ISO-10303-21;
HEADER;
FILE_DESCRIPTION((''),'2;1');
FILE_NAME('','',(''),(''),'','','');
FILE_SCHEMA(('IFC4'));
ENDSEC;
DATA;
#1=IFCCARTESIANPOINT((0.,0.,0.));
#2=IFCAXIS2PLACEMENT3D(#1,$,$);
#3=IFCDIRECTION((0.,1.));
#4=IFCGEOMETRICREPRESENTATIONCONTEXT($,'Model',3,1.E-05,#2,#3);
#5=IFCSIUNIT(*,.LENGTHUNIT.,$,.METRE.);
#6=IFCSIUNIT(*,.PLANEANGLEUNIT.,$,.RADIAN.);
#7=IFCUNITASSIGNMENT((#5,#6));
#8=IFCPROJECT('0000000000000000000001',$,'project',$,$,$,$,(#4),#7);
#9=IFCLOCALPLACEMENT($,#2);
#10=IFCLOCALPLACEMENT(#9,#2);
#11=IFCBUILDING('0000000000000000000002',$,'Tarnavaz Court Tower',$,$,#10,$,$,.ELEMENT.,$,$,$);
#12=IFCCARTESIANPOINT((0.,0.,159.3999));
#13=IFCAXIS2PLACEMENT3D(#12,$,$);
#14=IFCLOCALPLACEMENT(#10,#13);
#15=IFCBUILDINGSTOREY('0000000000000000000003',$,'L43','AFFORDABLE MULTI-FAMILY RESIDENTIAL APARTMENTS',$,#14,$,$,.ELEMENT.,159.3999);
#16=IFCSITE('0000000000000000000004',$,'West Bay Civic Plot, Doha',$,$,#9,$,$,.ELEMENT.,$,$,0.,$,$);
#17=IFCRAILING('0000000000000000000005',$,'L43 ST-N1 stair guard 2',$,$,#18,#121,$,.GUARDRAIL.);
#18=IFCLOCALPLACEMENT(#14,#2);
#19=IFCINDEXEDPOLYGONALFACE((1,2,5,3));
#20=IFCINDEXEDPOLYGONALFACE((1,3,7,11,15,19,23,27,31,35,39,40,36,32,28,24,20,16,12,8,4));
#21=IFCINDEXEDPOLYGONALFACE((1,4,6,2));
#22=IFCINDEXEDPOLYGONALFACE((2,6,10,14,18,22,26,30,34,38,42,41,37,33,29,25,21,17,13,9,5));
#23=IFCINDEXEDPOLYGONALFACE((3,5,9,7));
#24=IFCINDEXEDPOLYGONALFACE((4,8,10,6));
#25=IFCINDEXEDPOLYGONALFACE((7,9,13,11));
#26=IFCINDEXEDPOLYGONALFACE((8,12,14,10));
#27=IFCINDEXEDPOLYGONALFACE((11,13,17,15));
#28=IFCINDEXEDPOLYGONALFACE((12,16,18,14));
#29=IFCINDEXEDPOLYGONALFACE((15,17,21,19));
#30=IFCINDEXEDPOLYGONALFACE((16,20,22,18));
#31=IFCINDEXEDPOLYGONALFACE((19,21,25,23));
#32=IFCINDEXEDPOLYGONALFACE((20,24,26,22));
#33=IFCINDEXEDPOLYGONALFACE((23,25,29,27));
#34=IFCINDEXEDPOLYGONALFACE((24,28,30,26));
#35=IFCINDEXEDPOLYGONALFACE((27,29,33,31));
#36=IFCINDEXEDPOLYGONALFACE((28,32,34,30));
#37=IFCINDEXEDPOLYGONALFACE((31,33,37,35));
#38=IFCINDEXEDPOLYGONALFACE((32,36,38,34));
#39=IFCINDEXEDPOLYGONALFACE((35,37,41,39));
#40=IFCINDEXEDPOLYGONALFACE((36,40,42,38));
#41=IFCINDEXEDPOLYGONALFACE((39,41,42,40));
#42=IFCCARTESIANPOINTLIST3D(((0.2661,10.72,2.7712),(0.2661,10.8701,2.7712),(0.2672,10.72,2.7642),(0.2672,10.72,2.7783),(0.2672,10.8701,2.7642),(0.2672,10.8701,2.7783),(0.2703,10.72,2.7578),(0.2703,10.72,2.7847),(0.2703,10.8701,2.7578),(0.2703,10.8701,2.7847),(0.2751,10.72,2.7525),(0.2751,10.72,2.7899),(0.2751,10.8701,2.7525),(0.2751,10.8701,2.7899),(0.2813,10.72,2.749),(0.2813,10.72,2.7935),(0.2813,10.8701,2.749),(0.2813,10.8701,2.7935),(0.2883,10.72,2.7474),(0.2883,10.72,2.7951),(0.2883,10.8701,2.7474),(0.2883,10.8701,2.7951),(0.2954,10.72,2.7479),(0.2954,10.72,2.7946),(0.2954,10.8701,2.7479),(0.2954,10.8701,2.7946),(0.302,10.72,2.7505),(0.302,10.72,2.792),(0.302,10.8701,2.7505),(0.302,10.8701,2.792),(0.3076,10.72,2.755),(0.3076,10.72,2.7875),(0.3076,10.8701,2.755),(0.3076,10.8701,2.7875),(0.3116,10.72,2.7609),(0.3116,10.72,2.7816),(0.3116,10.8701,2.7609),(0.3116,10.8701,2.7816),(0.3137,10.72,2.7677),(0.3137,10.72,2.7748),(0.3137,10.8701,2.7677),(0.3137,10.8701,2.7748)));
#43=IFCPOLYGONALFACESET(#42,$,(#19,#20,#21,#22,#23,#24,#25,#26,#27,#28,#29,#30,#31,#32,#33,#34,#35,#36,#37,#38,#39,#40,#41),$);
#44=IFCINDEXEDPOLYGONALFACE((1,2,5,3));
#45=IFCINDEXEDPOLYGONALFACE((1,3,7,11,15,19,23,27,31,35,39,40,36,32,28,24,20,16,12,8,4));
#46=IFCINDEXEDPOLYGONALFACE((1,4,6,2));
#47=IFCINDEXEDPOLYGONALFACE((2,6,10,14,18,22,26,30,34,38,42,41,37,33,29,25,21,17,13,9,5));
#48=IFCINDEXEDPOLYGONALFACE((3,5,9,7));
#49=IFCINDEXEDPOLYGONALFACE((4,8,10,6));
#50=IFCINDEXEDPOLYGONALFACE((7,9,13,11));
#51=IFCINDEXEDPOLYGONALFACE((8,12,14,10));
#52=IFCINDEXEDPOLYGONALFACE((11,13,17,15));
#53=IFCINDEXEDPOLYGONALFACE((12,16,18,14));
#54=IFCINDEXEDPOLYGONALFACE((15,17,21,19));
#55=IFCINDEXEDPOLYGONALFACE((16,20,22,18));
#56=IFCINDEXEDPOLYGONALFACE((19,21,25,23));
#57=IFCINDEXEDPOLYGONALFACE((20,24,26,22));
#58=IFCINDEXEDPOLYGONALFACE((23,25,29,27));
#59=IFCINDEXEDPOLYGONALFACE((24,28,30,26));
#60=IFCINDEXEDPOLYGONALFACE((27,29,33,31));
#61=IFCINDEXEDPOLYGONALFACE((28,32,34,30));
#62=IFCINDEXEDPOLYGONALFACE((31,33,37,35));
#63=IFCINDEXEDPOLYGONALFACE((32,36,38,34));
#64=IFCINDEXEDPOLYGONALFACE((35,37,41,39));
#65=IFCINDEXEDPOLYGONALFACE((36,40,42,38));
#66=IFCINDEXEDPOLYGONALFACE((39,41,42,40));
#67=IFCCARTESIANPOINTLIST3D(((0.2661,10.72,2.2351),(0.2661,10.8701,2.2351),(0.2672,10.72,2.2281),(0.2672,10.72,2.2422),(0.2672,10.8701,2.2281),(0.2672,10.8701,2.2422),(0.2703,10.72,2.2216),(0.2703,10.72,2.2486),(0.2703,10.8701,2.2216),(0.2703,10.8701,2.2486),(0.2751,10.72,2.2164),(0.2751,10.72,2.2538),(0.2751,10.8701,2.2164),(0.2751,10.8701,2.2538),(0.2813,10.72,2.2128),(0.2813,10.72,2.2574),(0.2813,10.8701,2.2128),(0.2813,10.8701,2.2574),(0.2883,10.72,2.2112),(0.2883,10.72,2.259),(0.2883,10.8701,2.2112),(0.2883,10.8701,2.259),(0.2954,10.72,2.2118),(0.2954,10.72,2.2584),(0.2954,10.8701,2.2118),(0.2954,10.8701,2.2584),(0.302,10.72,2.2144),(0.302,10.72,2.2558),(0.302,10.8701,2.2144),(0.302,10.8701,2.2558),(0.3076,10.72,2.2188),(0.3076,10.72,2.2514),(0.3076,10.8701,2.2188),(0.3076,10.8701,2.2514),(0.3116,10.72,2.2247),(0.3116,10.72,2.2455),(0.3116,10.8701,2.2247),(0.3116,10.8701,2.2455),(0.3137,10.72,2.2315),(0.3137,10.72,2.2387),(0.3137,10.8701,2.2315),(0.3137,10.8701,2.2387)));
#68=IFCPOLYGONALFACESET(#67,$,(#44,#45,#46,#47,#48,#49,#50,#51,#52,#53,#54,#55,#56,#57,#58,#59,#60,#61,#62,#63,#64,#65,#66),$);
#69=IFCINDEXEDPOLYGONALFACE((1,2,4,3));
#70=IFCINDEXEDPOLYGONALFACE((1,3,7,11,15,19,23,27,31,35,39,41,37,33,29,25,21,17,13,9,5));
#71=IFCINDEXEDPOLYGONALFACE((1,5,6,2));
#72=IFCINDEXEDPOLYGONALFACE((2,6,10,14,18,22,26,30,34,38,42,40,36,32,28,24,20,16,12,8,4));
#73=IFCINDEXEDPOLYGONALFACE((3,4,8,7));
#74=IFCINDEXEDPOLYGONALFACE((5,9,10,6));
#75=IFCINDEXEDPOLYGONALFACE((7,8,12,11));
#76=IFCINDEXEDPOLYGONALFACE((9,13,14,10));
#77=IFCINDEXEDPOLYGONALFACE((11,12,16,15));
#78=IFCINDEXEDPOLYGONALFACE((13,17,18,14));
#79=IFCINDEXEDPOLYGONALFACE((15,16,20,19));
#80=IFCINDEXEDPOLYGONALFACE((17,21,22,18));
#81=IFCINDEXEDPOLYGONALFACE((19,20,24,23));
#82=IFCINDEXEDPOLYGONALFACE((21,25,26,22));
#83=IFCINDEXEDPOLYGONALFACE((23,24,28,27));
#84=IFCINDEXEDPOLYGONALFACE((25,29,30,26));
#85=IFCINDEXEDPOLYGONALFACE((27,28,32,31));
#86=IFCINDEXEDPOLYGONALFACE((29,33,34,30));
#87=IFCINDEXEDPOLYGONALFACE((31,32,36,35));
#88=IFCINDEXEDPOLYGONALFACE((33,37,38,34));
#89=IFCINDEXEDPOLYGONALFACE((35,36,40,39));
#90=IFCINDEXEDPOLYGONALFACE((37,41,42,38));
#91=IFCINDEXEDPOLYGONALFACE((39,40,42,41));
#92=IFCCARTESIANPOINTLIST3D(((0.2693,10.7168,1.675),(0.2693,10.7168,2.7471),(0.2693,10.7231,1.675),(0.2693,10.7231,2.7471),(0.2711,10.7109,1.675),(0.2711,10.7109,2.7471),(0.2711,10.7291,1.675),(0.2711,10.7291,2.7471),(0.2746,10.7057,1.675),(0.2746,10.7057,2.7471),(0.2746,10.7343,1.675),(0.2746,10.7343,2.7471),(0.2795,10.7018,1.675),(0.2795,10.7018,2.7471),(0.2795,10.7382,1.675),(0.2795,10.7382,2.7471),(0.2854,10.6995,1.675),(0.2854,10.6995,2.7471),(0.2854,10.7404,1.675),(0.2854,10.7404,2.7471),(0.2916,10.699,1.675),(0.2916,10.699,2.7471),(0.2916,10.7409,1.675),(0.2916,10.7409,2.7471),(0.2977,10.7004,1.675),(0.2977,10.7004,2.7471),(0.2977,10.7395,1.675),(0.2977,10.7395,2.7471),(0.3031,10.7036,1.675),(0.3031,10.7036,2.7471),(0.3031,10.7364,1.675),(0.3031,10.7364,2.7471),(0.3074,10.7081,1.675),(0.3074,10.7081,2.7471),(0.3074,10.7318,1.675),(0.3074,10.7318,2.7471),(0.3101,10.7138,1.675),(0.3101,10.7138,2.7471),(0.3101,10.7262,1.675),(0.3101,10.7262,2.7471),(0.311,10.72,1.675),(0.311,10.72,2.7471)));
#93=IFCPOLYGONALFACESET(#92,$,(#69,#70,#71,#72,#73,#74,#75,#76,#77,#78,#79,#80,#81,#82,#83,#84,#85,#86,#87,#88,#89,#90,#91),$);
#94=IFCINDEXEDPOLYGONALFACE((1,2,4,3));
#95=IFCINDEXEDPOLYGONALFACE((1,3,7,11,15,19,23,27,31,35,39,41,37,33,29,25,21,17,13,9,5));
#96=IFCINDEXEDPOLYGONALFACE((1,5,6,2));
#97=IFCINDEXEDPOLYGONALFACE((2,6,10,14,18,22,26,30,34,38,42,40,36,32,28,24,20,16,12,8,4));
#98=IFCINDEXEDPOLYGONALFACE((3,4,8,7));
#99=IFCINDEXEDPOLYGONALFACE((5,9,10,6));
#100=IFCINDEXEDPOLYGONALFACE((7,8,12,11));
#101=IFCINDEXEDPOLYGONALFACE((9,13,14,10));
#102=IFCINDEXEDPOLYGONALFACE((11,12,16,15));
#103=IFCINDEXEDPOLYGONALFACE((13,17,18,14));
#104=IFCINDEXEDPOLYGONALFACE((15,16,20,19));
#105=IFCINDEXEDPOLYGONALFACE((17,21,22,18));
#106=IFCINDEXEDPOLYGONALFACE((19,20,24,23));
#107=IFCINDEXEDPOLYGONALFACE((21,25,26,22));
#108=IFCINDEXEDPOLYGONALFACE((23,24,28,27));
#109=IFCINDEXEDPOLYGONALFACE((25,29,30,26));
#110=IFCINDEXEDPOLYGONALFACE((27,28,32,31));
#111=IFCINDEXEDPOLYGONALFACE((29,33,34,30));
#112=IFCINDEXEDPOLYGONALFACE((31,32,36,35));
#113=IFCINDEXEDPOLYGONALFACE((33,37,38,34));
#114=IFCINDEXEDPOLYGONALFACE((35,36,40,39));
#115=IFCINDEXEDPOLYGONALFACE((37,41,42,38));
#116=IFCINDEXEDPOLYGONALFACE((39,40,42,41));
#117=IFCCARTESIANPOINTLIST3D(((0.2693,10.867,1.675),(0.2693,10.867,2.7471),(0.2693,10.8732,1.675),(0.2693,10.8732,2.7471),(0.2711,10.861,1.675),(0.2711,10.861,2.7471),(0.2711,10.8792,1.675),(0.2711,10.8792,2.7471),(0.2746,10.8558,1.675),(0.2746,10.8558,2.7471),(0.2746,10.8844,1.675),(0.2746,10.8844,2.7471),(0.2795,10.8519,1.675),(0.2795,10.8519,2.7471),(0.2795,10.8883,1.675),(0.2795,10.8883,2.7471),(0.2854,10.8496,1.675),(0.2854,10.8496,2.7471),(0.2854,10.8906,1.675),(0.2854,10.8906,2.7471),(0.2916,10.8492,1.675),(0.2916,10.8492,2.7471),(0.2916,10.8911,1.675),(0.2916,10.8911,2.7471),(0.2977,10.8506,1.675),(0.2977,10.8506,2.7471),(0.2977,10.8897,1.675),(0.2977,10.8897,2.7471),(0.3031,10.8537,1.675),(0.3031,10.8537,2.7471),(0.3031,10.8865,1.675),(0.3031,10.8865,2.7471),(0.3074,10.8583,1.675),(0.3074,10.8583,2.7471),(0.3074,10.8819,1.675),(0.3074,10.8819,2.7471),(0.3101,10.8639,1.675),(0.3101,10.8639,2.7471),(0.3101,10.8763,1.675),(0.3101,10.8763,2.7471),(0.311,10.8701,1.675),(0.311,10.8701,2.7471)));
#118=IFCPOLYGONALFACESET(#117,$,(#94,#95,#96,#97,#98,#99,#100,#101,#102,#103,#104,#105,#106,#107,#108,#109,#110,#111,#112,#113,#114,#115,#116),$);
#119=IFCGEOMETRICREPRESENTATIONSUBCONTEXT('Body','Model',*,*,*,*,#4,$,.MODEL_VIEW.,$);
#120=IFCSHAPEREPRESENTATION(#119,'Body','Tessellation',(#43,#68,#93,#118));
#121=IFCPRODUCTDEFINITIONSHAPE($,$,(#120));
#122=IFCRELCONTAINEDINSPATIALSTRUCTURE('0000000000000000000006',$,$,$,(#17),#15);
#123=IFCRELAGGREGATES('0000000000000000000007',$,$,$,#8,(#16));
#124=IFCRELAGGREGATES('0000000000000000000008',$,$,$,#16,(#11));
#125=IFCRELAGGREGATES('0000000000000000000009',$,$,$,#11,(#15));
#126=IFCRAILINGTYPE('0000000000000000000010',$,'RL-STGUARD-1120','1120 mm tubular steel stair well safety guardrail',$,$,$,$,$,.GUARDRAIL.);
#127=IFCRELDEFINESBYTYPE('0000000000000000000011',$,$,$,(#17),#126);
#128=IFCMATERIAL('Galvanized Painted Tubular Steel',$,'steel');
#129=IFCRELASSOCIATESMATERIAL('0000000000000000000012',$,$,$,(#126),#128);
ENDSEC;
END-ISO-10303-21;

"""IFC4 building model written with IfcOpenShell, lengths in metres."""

from ifc_helpers import new_model, si_unit, direction, frame, origin, origin_2d, place, context, subcontext, project, spatial, circle, extrude, material, type_object, element, save


model = new_model("IFC4")

# Units and contexts
model_context = context("Model", 3, precision=1e-05, world=origin(), true_north=direction((0.0, 1.0)))
body_context = subcontext(model_context, "Body", "Model", "MODEL_VIEW")
ifc_project = project(units=[si_unit("LENGTHUNIT", "METRE"), si_unit("PLANEANGLEUNIT", "RADIAN")], contexts=[model_context])

# Site, building, storey
site_placement = place(None, origin())
site = spatial("IfcSite", under=ifc_project, at=site_placement, Name="West Bay Civic Plot, Doha", CompositionType="ELEMENT", RefElevation=0.0)
building_placement = place(site_placement, origin())
building = spatial("IfcBuilding", under=site, at=building_placement, Name="Tarnavaz Court Tower", CompositionType="ELEMENT")
storey_placement = place(building_placement, frame((0.0, 0.0, 159.3999)))
storey = spatial("IfcBuildingStorey", under=building, at=storey_placement, Name="L43", Description="AFFORDABLE MULTI-FAMILY RESIDENTIAL APARTMENTS", CompositionType="ELEMENT", Elevation=159.3999)

# Railing
ifc_material_1 = material(Name="Galvanized Painted Tubular Steel", Category="steel")
railing_type_1 = type_object("IfcRailingType", Name="RL-STGUARD-1120", Description="1120 mm tubular steel stair well safety guardrail", PredefinedType="GUARDRAIL", material=ifc_material_1)
railing_1_placement = place(storey_placement, frame((0.29, 10.72, 1.675)))
element("IfcRailing", 1, at=railing_1_placement, inside=storey, type_object=railing_type_1, Name="L43 ST-N1 stair guard 2", PredefinedType="GUARDRAIL", context=body_context, shape_type="SweptSolid", body=[
    extrude(circle(Radius=0.0239, at=origin_2d()), frame((0.0, 0.0, 1.0962), z_axis=(0.0, 1.0, 0.0), x_axis=(-1.0, 0.0, 0.0)), (0.0, 0.0, 1.0), 0.1501),
    extrude(circle(Radius=0.0239, at=origin_2d()), frame((0.0, 0.0, 0.5601), z_axis=(0.0, 1.0, 0.0), x_axis=(-1.0, 0.0, 0.0)), (0.0, 0.0, 1.0), 0.1501),
    extrude(circle(Radius=0.021, at=origin_2d()), origin(), (0.0, 0.0, 1.0), 1.072),
    extrude(circle(Radius=0.021, at=origin_2d()), frame((0.0, 0.1501, 0.0)), (0.0, 0.0, 1.0), 1.072),
])

save(model, "model.ifc")
